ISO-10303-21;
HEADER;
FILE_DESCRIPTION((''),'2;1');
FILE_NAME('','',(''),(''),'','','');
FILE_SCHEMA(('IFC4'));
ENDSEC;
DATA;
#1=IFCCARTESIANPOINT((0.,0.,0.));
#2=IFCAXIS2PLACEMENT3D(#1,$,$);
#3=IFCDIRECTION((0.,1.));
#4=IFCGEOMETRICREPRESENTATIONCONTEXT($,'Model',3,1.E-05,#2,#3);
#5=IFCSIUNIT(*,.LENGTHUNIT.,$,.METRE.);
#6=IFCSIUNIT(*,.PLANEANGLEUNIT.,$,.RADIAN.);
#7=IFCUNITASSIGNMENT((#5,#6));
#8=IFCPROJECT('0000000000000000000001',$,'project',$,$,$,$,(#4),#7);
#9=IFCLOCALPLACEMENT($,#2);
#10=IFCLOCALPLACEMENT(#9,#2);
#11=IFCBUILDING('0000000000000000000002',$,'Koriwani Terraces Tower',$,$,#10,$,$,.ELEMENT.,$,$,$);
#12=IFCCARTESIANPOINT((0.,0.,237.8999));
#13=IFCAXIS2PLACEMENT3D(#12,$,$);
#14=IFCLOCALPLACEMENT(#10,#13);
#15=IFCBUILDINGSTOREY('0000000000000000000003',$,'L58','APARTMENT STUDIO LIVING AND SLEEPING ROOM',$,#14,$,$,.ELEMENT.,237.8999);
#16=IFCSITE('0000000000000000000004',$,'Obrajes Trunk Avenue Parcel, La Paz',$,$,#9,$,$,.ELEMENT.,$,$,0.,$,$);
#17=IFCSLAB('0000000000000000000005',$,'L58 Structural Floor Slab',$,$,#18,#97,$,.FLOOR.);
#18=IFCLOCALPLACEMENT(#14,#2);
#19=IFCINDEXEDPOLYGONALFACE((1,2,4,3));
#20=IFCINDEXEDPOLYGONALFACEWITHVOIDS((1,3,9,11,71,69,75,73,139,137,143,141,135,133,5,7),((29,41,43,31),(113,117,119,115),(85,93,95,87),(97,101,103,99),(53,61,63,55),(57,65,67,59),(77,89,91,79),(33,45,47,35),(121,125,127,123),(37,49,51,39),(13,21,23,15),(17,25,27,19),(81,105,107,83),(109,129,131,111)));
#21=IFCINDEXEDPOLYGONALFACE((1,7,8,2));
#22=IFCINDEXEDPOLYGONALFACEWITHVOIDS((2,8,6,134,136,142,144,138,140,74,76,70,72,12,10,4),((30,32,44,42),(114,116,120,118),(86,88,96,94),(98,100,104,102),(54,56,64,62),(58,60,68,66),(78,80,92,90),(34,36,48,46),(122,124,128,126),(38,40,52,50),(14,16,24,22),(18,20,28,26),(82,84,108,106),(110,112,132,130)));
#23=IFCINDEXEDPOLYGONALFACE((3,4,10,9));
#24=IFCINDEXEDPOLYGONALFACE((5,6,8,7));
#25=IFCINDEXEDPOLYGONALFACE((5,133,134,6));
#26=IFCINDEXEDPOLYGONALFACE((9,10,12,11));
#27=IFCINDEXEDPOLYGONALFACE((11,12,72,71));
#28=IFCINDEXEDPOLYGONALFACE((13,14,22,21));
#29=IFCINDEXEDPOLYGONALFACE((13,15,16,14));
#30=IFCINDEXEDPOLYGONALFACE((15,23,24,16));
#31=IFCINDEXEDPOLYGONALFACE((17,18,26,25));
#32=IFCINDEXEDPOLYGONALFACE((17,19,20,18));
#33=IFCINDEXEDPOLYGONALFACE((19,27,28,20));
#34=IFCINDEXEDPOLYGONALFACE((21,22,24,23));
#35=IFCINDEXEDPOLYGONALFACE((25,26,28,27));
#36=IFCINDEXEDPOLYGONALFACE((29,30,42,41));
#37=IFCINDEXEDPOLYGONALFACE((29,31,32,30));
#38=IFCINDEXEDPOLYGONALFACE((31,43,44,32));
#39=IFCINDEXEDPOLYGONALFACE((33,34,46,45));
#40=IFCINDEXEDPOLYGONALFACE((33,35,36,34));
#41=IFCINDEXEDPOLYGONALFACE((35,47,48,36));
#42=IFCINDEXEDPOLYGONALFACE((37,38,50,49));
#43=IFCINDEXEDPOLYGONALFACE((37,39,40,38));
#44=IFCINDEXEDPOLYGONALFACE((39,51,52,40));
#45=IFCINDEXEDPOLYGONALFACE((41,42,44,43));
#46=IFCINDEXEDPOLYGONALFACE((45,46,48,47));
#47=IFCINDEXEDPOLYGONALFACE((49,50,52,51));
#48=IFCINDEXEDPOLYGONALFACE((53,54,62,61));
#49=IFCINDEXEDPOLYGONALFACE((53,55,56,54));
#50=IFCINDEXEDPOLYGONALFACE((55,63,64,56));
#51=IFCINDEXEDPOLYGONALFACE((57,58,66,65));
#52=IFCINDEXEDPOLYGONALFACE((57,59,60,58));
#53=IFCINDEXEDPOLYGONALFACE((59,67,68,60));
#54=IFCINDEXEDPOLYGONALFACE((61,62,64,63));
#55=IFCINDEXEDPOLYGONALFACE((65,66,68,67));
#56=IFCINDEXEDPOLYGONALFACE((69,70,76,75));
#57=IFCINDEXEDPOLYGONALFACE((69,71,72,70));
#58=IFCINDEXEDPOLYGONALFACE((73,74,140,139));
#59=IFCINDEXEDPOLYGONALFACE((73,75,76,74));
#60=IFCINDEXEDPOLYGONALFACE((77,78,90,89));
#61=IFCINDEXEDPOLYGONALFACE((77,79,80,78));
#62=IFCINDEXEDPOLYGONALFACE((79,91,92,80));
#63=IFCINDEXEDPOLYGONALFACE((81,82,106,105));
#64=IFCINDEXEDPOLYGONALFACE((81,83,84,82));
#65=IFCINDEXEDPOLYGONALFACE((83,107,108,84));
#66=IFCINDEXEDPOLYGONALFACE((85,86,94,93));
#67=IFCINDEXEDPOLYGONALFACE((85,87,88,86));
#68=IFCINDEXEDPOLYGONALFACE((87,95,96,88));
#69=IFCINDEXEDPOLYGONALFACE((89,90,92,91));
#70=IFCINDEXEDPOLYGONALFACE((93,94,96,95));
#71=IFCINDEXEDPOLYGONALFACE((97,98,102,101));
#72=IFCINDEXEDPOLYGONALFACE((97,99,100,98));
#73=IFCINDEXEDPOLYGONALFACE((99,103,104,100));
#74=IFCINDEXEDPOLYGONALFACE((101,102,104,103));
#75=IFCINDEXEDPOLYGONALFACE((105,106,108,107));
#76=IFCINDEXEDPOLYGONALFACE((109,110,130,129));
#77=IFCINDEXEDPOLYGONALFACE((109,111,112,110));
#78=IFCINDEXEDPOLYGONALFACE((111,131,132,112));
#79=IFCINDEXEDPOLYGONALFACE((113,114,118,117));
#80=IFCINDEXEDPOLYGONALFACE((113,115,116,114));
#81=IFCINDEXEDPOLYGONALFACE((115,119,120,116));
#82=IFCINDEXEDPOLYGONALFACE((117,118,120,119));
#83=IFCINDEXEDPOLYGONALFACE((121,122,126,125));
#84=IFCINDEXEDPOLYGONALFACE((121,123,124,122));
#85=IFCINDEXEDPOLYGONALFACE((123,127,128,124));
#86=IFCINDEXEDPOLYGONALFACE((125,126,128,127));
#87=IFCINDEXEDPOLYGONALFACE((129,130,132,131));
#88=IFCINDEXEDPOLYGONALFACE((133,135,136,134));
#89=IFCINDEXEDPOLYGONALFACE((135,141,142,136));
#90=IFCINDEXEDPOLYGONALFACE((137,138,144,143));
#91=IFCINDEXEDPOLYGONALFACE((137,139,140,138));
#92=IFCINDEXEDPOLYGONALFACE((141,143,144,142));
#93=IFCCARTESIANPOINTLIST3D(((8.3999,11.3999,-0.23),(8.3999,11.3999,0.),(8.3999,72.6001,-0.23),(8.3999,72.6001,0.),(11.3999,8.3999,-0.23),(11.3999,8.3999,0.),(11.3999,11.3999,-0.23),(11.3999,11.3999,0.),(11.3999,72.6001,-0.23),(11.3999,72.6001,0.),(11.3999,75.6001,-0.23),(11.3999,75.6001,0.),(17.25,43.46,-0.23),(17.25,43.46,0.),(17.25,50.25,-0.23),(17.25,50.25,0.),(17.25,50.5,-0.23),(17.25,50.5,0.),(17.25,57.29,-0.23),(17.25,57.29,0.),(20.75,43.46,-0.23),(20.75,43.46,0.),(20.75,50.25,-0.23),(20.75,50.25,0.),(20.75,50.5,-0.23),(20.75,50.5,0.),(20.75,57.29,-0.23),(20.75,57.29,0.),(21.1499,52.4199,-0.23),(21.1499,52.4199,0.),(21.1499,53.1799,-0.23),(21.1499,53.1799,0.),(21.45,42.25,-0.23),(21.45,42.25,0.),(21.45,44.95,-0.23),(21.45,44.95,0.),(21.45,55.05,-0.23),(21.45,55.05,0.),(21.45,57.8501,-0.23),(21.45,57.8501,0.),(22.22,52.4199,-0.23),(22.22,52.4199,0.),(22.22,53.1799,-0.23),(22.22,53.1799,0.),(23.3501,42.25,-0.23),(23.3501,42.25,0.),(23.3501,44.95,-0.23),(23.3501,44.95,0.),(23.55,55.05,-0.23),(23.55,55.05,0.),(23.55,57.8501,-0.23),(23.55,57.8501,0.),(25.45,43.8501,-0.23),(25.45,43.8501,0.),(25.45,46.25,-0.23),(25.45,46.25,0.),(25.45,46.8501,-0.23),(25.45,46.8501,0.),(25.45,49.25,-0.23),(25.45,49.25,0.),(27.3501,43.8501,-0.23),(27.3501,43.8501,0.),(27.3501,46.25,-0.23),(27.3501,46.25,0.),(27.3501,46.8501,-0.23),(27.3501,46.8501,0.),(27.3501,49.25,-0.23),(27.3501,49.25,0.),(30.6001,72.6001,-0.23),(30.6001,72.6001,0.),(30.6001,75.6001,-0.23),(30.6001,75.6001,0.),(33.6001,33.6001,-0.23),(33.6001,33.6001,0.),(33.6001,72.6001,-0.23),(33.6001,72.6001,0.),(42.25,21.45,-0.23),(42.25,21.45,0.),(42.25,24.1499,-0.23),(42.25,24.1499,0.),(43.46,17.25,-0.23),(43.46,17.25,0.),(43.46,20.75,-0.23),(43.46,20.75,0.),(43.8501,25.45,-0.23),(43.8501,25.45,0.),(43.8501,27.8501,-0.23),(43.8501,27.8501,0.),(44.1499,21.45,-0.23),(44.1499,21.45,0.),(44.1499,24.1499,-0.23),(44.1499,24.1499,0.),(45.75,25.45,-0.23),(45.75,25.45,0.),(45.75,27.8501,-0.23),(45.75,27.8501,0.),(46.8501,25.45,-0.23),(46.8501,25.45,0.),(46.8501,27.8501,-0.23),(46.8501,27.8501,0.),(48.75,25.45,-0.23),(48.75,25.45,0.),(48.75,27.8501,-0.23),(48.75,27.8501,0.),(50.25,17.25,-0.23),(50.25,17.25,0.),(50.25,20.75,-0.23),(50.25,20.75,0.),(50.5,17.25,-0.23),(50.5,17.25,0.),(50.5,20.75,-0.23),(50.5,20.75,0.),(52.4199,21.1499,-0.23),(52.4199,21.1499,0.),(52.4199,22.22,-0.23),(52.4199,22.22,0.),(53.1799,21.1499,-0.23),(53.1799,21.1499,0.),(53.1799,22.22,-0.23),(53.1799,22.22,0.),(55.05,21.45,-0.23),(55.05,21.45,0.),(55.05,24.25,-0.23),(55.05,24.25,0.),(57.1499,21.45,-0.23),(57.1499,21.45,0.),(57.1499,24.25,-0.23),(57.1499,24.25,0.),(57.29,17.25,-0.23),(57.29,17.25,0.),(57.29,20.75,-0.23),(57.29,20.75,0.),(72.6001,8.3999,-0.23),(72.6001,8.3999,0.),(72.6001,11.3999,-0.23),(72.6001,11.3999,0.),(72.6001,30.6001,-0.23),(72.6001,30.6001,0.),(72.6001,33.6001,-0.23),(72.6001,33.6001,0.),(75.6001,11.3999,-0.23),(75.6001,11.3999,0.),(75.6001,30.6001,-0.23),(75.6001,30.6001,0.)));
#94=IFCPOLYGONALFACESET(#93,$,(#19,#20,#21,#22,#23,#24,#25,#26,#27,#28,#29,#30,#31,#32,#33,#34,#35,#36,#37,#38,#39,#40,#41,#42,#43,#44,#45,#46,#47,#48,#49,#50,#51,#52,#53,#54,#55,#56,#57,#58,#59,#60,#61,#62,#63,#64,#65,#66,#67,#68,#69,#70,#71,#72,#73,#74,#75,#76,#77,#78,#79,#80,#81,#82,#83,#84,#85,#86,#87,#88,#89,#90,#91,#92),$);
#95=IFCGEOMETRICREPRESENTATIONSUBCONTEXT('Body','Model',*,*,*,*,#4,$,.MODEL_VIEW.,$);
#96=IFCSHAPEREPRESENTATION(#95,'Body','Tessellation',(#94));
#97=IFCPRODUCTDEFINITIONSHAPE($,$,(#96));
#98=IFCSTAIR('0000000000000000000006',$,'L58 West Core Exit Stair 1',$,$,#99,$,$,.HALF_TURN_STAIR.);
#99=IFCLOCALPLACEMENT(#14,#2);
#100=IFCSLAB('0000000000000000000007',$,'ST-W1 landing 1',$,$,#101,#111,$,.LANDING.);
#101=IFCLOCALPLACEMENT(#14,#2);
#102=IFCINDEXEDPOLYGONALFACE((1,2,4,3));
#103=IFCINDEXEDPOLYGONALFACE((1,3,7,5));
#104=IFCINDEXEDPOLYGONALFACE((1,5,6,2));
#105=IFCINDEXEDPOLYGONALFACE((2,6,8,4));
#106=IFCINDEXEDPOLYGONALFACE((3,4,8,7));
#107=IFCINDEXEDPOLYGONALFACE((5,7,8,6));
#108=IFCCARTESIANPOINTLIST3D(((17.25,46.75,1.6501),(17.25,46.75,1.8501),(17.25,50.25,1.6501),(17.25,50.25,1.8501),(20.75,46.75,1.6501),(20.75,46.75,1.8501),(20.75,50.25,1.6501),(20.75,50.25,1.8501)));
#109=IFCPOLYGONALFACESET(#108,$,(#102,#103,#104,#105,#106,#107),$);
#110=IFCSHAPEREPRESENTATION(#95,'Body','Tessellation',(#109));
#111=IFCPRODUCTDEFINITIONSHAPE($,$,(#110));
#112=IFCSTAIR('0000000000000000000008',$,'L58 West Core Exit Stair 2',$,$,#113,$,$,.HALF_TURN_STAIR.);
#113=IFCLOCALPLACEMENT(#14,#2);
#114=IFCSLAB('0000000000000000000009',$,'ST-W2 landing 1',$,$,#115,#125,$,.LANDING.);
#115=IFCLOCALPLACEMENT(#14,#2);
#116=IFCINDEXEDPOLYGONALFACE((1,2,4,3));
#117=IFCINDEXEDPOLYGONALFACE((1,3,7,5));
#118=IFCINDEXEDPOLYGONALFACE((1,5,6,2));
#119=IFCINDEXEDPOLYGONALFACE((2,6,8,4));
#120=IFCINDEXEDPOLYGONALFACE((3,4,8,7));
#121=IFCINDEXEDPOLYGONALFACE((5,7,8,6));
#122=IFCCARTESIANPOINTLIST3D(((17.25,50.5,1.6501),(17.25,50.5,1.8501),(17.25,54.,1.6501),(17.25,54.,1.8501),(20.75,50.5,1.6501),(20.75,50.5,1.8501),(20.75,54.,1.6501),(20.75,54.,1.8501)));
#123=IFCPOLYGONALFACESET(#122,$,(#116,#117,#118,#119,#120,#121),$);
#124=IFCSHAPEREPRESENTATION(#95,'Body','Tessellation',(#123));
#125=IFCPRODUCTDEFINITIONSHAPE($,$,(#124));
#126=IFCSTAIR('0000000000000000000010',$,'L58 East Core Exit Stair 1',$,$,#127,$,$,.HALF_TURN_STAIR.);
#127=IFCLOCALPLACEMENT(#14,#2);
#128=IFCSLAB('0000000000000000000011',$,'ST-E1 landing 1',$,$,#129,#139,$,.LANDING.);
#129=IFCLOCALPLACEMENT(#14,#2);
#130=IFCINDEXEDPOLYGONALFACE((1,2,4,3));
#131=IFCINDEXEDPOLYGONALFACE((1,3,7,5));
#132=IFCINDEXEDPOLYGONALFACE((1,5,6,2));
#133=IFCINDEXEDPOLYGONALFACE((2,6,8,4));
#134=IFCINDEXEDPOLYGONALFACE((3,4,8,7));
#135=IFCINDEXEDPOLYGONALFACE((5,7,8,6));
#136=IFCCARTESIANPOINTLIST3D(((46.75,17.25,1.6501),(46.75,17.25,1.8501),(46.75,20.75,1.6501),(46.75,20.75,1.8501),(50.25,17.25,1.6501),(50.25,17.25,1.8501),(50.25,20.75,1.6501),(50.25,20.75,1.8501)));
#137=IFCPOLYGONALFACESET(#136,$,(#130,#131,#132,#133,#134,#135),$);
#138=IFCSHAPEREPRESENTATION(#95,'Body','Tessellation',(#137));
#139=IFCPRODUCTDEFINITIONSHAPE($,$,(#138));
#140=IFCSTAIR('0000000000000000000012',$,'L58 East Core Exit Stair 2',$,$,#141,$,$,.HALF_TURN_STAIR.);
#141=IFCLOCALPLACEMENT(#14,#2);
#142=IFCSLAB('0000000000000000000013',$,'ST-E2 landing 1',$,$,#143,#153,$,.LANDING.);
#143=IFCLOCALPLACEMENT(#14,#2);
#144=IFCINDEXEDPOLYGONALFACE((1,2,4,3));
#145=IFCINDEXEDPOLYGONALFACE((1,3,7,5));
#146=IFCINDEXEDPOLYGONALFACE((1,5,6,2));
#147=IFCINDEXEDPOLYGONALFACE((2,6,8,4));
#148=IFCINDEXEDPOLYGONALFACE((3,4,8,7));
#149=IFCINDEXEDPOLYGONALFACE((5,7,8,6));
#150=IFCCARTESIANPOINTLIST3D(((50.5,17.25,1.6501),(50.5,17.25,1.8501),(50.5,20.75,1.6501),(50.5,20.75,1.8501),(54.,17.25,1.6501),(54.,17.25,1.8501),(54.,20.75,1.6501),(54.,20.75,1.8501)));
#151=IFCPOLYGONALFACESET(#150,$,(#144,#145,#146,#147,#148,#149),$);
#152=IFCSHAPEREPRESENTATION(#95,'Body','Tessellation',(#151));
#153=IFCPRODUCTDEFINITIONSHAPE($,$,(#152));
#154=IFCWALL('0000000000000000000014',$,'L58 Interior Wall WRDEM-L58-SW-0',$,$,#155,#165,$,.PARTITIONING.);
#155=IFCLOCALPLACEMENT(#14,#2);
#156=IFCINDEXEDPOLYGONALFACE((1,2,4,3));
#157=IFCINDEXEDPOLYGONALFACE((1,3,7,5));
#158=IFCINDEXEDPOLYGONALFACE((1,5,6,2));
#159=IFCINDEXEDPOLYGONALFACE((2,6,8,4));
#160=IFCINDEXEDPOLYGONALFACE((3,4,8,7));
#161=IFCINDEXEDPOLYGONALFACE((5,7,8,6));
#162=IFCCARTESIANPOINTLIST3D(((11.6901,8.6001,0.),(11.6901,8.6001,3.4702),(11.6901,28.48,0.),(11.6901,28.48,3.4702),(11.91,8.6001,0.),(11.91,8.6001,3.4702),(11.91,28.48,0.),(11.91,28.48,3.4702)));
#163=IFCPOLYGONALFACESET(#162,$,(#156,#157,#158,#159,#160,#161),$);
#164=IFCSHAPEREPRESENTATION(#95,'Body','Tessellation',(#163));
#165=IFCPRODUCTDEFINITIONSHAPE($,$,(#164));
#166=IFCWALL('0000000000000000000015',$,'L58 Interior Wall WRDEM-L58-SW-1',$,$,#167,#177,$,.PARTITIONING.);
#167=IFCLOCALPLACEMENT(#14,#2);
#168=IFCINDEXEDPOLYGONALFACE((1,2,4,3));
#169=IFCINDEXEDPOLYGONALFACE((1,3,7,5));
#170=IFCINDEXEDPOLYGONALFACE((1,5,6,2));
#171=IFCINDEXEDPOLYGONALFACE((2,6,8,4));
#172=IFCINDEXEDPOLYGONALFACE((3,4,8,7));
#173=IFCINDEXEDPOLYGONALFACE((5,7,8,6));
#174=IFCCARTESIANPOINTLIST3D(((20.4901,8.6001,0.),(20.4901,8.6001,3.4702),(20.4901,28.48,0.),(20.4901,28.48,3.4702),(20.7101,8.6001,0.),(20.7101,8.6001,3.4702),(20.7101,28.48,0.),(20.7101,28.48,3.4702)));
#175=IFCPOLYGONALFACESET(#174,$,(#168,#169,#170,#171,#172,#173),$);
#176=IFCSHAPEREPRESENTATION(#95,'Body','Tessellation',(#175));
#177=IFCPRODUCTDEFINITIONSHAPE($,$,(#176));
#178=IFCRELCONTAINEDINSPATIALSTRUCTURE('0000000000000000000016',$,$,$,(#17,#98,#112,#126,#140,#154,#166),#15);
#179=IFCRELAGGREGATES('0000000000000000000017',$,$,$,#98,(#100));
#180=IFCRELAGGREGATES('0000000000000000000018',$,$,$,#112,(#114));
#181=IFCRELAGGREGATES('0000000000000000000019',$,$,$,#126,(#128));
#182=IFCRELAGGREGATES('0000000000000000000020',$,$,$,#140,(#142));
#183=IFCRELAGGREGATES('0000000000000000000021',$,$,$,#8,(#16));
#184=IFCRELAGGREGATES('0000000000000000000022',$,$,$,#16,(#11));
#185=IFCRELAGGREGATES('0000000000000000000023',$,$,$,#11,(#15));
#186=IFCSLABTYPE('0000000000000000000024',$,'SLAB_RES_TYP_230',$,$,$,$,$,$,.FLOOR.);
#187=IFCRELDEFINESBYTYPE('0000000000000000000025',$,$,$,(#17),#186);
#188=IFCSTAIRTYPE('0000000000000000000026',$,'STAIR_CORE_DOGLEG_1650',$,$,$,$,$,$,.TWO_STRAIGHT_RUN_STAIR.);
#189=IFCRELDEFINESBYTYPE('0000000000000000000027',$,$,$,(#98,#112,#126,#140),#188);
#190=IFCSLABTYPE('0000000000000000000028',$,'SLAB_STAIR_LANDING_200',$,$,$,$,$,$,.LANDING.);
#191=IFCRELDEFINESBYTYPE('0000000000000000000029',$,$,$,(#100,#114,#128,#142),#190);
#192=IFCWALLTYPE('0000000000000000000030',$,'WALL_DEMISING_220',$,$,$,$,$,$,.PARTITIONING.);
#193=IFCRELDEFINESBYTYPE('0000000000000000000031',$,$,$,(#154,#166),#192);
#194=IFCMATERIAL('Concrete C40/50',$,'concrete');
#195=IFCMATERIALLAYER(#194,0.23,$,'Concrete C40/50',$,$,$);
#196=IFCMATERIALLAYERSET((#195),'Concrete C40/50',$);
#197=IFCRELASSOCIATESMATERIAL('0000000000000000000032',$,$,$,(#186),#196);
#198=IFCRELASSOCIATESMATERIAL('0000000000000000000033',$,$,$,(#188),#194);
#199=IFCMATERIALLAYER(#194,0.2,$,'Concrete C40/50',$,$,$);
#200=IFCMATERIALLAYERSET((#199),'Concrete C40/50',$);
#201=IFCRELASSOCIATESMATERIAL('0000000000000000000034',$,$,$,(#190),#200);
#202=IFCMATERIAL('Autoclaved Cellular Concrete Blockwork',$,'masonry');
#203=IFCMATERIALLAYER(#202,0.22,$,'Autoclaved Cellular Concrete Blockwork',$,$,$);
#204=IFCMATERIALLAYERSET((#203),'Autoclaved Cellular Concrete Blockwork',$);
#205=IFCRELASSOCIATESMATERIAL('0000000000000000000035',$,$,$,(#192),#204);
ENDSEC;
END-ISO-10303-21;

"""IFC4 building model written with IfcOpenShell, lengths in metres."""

from ifc_helpers import new_model, si_unit, direction, frame, frame_2d, origin, place, context, subcontext, project, spatial, polyline, rectangle, outline, extrude, material, layer, layer_set, type_object, element, aggregate, save


model = new_model("IFC4")

# Units and contexts
model_context = context("Model", 3, precision=1e-05, world=origin(), true_north=direction((0.0, 1.0)))
body_context = subcontext(model_context, "Body", "Model", "MODEL_VIEW")
ifc_project = project(units=[si_unit("LENGTHUNIT", "METRE"), si_unit("PLANEANGLEUNIT", "RADIAN")], contexts=[model_context])

# Site, building, storey
site_placement = place(None, origin())
site = spatial("IfcSite", under=ifc_project, at=site_placement, Name="Obrajes Trunk Avenue Parcel, La Paz", CompositionType="ELEMENT", RefElevation=0.0)
building_placement = place(site_placement, origin())
building = spatial("IfcBuilding", under=site, at=building_placement, Name="Koriwani Terraces Tower", CompositionType="ELEMENT")
storey_placement = place(building_placement, frame((0.0, 0.0, 237.8999)))
storey = spatial("IfcBuildingStorey", under=building, at=storey_placement, Name="L58", Description="APARTMENT STUDIO LIVING AND SLEEPING ROOM", CompositionType="ELEMENT", Elevation=237.8999)

# Shared definitions
ifc_material_1 = material(Name="Concrete C40/50", Category="concrete")

# Slab
ifc_layer_1 = layer(ifc_material_1, 0.23, Name="Concrete C40/50")
ifc_layer_set_1 = layer_set([ifc_layer_1], Name="Concrete C40/50")
slab_type_1 = type_object("IfcSlabType", Name="SLAB_RES_TYP_230", PredefinedType="FLOOR", material=ifc_layer_set_1)
slab_1_placement = place(storey_placement, frame((0.0, 0.0, -0.23)))
element("IfcSlab", 1, at=slab_1_placement, inside=storey, type_object=slab_type_1, Name="L58 Structural Floor Slab", PredefinedType="FLOOR", context=body_context, shape_type="SweptSolid", body=[
    extrude(outline(polyline([(11.3999, 8.3999), (72.6001, 8.3999), (72.6001, 11.3999), (75.6001, 11.3999), (75.6001, 30.6001), (72.6001, 30.6001), (72.6001, 33.6001), (33.6001, 33.6001), (33.6001, 72.6001), (30.6001, 72.6001), (30.6001, 75.6001), (11.3999, 75.6001), (11.3999, 72.6001), (8.3999, 72.6001), (8.3999, 11.3999), (11.3999, 11.3999), (11.3999, 8.3999)]), holes=[polyline([(17.25, 43.46), (20.75, 43.46), (20.75, 50.25), (17.25, 50.25), (17.25, 43.46)]), polyline([(17.25, 50.5), (20.75, 50.5), (20.75, 57.29), (17.25, 57.29), (17.25, 50.5)]), polyline([(43.46, 17.25), (50.25, 17.25), (50.25, 20.75), (43.46, 20.75), (43.46, 17.25)]), polyline([(50.5, 17.25), (57.29, 17.25), (57.29, 20.75), (50.5, 20.75), (50.5, 17.25)]), polyline([(25.45, 43.8501), (27.3501, 43.8501), (27.3501, 46.25), (25.45, 46.25), (25.45, 43.8501)]), polyline([(25.45, 46.8501), (27.3501, 46.8501), (27.3501, 49.25), (25.45, 49.25), (25.45, 46.8501)]), polyline([(43.8501, 25.45), (45.75, 25.45), (45.75, 27.8501), (43.8501, 27.8501), (43.8501, 25.45)]), polyline([(46.8501, 25.45), (48.75, 25.45), (48.75, 27.8501), (46.8501, 27.8501), (46.8501, 25.45)]), polyline([(21.45, 55.05), (23.55, 55.05), (23.55, 57.8501), (21.45, 57.8501), (21.45, 55.05)]), polyline([(55.05, 21.45), (57.1499, 21.45), (57.1499, 24.25), (55.05, 24.25), (55.05, 21.45)]), polyline([(21.45, 42.25), (23.3501, 42.25), (23.3501, 44.95), (21.45, 44.95), (21.45, 42.25)]), polyline([(42.25, 21.45), (44.1499, 21.45), (44.1499, 24.1499), (42.25, 24.1499), (42.25, 21.45)]), polyline([(21.1499, 52.4199), (22.22, 52.4199), (22.22, 53.1799), (21.1499, 53.1799), (21.1499, 52.4199)]), polyline([(52.4199, 21.1499), (53.1799, 21.1499), (53.1799, 22.22), (52.4199, 22.22), (52.4199, 21.1499)])]), origin(), (0.0, 0.0, 1.0), 0.23),
])

# Stairs, slabs
stair_type = type_object("IfcStairType", Name="STAIR_CORE_DOGLEG_1650", PredefinedType="TWO_STRAIGHT_RUN_STAIR", material=ifc_material_1)
stair_1_placement = place(storey_placement, origin())
stair_1 = element("IfcStair", 2, at=stair_1_placement, inside=storey, type_object=stair_type, Name="L58 West Core Exit Stair 1", PredefinedType="HALF_TURN_STAIR")
ifc_layer_2 = layer(ifc_material_1, 0.2, Name="Concrete C40/50")
ifc_layer_set_2 = layer_set([ifc_layer_2], Name="Concrete C40/50")
slab_type_2 = type_object("IfcSlabType", Name="SLAB_STAIR_LANDING_200", PredefinedType="LANDING", material=ifc_layer_set_2)
slab_2_placement = place(storey_placement, frame((0.0, 0.0, 1.6501)))
slab_2 = element("IfcSlab", 3, at=slab_2_placement, type_object=slab_type_2, Name="ST-W1 landing 1", PredefinedType="LANDING", context=body_context, shape_type="SweptSolid", body=[
    extrude(outline(polyline([(20.75, 46.75), (20.75, 50.25), (17.25, 50.25), (17.25, 46.75), (20.75, 46.75)])), origin(), (0.0, 0.0, 1.0), 0.2),
])
aggregate(stair_1, [slab_2])
stair_2_placement = place(storey_placement, origin())
stair_2 = element("IfcStair", 4, at=stair_2_placement, inside=storey, type_object=stair_type, Name="L58 West Core Exit Stair 2", PredefinedType="HALF_TURN_STAIR")
slab_3_placement = place(storey_placement, frame((0.0, 0.0, 1.6501)))
slab_3 = element("IfcSlab", 5, at=slab_3_placement, type_object=slab_type_2, Name="ST-W2 landing 1", PredefinedType="LANDING", context=body_context, shape_type="SweptSolid", body=[
    extrude(outline(polyline([(17.25, 54.0), (17.25, 50.5), (20.75, 50.5), (20.75, 54.0), (17.25, 54.0)])), origin(), (0.0, 0.0, 1.0), 0.2),
])
aggregate(stair_2, [slab_3])
stair_3_placement = place(storey_placement, origin())
stair_3 = element("IfcStair", 6, at=stair_3_placement, inside=storey, type_object=stair_type, Name="L58 East Core Exit Stair 1", PredefinedType="HALF_TURN_STAIR")
slab_4_placement = place(storey_placement, frame((0.0, 0.0, 1.6501)))
slab_4 = element("IfcSlab", 7, at=slab_4_placement, type_object=slab_type_2, Name="ST-E1 landing 1", PredefinedType="LANDING", context=body_context, shape_type="SweptSolid", body=[
    extrude(outline(polyline([(46.75, 17.25), (50.25, 17.25), (50.25, 20.75), (46.75, 20.75), (46.75, 17.25)])), origin(), (0.0, 0.0, 1.0), 0.2),
])
aggregate(stair_3, [slab_4])
stair_4_placement = place(storey_placement, origin())
stair_4 = element("IfcStair", 8, at=stair_4_placement, inside=storey, type_object=stair_type, Name="L58 East Core Exit Stair 2", PredefinedType="HALF_TURN_STAIR")
slab_5_placement = place(storey_placement, frame((0.0, 0.0, 1.6501)))
slab_5 = element("IfcSlab", 9, at=slab_5_placement, type_object=slab_type_2, Name="ST-E2 landing 1", PredefinedType="LANDING", context=body_context, shape_type="SweptSolid", body=[
    extrude(outline(polyline([(54.0, 20.75), (50.5, 20.75), (50.5, 17.25), (54.0, 17.25), (54.0, 20.75)])), origin(), (0.0, 0.0, 1.0), 0.2),
])
aggregate(stair_4, [slab_5])

# Walls
ifc_material_2 = material(Name="Autoclaved Cellular Concrete Blockwork", Category="masonry")
ifc_layer_3 = layer(ifc_material_2, 0.22, Name="Autoclaved Cellular Concrete Blockwork")
ifc_layer_set_3 = layer_set([ifc_layer_3], Name="Autoclaved Cellular Concrete Blockwork")
wall_type_1 = type_object("IfcWallType", Name="WALL_DEMISING_220", PredefinedType="PARTITIONING", material=ifc_layer_set_3)
for number, where, z_axis, x_axis, name in (
    (10, (11.8, 8.6001, 0.0), (0.0, 0.0, 1.0), (0.0, 1.0, 0.0), "L58 Interior Wall WRDEM-L58-SW-0"),
    (11, (20.6001, 8.6001, 0.0), (0.0, 0.0, 1.0), (0.0, 1.0, 0.0), "L58 Interior Wall WRDEM-L58-SW-1"),
):
    element("IfcWall", number, at=place(storey_placement, frame(where, z_axis=z_axis, x_axis=x_axis)), inside=storey, type_object=wall_type_1, Name=name, PredefinedType="PARTITIONING", context=body_context, shape_type="SweptSolid", body=[
        extrude(rectangle(XDim=19.8799, YDim=0.22, at=frame_2d((9.9399, 0.0))), origin(), (0.0, 0.0, 1.0), 3.4702),
    ])

save(model, "model.ifc")
